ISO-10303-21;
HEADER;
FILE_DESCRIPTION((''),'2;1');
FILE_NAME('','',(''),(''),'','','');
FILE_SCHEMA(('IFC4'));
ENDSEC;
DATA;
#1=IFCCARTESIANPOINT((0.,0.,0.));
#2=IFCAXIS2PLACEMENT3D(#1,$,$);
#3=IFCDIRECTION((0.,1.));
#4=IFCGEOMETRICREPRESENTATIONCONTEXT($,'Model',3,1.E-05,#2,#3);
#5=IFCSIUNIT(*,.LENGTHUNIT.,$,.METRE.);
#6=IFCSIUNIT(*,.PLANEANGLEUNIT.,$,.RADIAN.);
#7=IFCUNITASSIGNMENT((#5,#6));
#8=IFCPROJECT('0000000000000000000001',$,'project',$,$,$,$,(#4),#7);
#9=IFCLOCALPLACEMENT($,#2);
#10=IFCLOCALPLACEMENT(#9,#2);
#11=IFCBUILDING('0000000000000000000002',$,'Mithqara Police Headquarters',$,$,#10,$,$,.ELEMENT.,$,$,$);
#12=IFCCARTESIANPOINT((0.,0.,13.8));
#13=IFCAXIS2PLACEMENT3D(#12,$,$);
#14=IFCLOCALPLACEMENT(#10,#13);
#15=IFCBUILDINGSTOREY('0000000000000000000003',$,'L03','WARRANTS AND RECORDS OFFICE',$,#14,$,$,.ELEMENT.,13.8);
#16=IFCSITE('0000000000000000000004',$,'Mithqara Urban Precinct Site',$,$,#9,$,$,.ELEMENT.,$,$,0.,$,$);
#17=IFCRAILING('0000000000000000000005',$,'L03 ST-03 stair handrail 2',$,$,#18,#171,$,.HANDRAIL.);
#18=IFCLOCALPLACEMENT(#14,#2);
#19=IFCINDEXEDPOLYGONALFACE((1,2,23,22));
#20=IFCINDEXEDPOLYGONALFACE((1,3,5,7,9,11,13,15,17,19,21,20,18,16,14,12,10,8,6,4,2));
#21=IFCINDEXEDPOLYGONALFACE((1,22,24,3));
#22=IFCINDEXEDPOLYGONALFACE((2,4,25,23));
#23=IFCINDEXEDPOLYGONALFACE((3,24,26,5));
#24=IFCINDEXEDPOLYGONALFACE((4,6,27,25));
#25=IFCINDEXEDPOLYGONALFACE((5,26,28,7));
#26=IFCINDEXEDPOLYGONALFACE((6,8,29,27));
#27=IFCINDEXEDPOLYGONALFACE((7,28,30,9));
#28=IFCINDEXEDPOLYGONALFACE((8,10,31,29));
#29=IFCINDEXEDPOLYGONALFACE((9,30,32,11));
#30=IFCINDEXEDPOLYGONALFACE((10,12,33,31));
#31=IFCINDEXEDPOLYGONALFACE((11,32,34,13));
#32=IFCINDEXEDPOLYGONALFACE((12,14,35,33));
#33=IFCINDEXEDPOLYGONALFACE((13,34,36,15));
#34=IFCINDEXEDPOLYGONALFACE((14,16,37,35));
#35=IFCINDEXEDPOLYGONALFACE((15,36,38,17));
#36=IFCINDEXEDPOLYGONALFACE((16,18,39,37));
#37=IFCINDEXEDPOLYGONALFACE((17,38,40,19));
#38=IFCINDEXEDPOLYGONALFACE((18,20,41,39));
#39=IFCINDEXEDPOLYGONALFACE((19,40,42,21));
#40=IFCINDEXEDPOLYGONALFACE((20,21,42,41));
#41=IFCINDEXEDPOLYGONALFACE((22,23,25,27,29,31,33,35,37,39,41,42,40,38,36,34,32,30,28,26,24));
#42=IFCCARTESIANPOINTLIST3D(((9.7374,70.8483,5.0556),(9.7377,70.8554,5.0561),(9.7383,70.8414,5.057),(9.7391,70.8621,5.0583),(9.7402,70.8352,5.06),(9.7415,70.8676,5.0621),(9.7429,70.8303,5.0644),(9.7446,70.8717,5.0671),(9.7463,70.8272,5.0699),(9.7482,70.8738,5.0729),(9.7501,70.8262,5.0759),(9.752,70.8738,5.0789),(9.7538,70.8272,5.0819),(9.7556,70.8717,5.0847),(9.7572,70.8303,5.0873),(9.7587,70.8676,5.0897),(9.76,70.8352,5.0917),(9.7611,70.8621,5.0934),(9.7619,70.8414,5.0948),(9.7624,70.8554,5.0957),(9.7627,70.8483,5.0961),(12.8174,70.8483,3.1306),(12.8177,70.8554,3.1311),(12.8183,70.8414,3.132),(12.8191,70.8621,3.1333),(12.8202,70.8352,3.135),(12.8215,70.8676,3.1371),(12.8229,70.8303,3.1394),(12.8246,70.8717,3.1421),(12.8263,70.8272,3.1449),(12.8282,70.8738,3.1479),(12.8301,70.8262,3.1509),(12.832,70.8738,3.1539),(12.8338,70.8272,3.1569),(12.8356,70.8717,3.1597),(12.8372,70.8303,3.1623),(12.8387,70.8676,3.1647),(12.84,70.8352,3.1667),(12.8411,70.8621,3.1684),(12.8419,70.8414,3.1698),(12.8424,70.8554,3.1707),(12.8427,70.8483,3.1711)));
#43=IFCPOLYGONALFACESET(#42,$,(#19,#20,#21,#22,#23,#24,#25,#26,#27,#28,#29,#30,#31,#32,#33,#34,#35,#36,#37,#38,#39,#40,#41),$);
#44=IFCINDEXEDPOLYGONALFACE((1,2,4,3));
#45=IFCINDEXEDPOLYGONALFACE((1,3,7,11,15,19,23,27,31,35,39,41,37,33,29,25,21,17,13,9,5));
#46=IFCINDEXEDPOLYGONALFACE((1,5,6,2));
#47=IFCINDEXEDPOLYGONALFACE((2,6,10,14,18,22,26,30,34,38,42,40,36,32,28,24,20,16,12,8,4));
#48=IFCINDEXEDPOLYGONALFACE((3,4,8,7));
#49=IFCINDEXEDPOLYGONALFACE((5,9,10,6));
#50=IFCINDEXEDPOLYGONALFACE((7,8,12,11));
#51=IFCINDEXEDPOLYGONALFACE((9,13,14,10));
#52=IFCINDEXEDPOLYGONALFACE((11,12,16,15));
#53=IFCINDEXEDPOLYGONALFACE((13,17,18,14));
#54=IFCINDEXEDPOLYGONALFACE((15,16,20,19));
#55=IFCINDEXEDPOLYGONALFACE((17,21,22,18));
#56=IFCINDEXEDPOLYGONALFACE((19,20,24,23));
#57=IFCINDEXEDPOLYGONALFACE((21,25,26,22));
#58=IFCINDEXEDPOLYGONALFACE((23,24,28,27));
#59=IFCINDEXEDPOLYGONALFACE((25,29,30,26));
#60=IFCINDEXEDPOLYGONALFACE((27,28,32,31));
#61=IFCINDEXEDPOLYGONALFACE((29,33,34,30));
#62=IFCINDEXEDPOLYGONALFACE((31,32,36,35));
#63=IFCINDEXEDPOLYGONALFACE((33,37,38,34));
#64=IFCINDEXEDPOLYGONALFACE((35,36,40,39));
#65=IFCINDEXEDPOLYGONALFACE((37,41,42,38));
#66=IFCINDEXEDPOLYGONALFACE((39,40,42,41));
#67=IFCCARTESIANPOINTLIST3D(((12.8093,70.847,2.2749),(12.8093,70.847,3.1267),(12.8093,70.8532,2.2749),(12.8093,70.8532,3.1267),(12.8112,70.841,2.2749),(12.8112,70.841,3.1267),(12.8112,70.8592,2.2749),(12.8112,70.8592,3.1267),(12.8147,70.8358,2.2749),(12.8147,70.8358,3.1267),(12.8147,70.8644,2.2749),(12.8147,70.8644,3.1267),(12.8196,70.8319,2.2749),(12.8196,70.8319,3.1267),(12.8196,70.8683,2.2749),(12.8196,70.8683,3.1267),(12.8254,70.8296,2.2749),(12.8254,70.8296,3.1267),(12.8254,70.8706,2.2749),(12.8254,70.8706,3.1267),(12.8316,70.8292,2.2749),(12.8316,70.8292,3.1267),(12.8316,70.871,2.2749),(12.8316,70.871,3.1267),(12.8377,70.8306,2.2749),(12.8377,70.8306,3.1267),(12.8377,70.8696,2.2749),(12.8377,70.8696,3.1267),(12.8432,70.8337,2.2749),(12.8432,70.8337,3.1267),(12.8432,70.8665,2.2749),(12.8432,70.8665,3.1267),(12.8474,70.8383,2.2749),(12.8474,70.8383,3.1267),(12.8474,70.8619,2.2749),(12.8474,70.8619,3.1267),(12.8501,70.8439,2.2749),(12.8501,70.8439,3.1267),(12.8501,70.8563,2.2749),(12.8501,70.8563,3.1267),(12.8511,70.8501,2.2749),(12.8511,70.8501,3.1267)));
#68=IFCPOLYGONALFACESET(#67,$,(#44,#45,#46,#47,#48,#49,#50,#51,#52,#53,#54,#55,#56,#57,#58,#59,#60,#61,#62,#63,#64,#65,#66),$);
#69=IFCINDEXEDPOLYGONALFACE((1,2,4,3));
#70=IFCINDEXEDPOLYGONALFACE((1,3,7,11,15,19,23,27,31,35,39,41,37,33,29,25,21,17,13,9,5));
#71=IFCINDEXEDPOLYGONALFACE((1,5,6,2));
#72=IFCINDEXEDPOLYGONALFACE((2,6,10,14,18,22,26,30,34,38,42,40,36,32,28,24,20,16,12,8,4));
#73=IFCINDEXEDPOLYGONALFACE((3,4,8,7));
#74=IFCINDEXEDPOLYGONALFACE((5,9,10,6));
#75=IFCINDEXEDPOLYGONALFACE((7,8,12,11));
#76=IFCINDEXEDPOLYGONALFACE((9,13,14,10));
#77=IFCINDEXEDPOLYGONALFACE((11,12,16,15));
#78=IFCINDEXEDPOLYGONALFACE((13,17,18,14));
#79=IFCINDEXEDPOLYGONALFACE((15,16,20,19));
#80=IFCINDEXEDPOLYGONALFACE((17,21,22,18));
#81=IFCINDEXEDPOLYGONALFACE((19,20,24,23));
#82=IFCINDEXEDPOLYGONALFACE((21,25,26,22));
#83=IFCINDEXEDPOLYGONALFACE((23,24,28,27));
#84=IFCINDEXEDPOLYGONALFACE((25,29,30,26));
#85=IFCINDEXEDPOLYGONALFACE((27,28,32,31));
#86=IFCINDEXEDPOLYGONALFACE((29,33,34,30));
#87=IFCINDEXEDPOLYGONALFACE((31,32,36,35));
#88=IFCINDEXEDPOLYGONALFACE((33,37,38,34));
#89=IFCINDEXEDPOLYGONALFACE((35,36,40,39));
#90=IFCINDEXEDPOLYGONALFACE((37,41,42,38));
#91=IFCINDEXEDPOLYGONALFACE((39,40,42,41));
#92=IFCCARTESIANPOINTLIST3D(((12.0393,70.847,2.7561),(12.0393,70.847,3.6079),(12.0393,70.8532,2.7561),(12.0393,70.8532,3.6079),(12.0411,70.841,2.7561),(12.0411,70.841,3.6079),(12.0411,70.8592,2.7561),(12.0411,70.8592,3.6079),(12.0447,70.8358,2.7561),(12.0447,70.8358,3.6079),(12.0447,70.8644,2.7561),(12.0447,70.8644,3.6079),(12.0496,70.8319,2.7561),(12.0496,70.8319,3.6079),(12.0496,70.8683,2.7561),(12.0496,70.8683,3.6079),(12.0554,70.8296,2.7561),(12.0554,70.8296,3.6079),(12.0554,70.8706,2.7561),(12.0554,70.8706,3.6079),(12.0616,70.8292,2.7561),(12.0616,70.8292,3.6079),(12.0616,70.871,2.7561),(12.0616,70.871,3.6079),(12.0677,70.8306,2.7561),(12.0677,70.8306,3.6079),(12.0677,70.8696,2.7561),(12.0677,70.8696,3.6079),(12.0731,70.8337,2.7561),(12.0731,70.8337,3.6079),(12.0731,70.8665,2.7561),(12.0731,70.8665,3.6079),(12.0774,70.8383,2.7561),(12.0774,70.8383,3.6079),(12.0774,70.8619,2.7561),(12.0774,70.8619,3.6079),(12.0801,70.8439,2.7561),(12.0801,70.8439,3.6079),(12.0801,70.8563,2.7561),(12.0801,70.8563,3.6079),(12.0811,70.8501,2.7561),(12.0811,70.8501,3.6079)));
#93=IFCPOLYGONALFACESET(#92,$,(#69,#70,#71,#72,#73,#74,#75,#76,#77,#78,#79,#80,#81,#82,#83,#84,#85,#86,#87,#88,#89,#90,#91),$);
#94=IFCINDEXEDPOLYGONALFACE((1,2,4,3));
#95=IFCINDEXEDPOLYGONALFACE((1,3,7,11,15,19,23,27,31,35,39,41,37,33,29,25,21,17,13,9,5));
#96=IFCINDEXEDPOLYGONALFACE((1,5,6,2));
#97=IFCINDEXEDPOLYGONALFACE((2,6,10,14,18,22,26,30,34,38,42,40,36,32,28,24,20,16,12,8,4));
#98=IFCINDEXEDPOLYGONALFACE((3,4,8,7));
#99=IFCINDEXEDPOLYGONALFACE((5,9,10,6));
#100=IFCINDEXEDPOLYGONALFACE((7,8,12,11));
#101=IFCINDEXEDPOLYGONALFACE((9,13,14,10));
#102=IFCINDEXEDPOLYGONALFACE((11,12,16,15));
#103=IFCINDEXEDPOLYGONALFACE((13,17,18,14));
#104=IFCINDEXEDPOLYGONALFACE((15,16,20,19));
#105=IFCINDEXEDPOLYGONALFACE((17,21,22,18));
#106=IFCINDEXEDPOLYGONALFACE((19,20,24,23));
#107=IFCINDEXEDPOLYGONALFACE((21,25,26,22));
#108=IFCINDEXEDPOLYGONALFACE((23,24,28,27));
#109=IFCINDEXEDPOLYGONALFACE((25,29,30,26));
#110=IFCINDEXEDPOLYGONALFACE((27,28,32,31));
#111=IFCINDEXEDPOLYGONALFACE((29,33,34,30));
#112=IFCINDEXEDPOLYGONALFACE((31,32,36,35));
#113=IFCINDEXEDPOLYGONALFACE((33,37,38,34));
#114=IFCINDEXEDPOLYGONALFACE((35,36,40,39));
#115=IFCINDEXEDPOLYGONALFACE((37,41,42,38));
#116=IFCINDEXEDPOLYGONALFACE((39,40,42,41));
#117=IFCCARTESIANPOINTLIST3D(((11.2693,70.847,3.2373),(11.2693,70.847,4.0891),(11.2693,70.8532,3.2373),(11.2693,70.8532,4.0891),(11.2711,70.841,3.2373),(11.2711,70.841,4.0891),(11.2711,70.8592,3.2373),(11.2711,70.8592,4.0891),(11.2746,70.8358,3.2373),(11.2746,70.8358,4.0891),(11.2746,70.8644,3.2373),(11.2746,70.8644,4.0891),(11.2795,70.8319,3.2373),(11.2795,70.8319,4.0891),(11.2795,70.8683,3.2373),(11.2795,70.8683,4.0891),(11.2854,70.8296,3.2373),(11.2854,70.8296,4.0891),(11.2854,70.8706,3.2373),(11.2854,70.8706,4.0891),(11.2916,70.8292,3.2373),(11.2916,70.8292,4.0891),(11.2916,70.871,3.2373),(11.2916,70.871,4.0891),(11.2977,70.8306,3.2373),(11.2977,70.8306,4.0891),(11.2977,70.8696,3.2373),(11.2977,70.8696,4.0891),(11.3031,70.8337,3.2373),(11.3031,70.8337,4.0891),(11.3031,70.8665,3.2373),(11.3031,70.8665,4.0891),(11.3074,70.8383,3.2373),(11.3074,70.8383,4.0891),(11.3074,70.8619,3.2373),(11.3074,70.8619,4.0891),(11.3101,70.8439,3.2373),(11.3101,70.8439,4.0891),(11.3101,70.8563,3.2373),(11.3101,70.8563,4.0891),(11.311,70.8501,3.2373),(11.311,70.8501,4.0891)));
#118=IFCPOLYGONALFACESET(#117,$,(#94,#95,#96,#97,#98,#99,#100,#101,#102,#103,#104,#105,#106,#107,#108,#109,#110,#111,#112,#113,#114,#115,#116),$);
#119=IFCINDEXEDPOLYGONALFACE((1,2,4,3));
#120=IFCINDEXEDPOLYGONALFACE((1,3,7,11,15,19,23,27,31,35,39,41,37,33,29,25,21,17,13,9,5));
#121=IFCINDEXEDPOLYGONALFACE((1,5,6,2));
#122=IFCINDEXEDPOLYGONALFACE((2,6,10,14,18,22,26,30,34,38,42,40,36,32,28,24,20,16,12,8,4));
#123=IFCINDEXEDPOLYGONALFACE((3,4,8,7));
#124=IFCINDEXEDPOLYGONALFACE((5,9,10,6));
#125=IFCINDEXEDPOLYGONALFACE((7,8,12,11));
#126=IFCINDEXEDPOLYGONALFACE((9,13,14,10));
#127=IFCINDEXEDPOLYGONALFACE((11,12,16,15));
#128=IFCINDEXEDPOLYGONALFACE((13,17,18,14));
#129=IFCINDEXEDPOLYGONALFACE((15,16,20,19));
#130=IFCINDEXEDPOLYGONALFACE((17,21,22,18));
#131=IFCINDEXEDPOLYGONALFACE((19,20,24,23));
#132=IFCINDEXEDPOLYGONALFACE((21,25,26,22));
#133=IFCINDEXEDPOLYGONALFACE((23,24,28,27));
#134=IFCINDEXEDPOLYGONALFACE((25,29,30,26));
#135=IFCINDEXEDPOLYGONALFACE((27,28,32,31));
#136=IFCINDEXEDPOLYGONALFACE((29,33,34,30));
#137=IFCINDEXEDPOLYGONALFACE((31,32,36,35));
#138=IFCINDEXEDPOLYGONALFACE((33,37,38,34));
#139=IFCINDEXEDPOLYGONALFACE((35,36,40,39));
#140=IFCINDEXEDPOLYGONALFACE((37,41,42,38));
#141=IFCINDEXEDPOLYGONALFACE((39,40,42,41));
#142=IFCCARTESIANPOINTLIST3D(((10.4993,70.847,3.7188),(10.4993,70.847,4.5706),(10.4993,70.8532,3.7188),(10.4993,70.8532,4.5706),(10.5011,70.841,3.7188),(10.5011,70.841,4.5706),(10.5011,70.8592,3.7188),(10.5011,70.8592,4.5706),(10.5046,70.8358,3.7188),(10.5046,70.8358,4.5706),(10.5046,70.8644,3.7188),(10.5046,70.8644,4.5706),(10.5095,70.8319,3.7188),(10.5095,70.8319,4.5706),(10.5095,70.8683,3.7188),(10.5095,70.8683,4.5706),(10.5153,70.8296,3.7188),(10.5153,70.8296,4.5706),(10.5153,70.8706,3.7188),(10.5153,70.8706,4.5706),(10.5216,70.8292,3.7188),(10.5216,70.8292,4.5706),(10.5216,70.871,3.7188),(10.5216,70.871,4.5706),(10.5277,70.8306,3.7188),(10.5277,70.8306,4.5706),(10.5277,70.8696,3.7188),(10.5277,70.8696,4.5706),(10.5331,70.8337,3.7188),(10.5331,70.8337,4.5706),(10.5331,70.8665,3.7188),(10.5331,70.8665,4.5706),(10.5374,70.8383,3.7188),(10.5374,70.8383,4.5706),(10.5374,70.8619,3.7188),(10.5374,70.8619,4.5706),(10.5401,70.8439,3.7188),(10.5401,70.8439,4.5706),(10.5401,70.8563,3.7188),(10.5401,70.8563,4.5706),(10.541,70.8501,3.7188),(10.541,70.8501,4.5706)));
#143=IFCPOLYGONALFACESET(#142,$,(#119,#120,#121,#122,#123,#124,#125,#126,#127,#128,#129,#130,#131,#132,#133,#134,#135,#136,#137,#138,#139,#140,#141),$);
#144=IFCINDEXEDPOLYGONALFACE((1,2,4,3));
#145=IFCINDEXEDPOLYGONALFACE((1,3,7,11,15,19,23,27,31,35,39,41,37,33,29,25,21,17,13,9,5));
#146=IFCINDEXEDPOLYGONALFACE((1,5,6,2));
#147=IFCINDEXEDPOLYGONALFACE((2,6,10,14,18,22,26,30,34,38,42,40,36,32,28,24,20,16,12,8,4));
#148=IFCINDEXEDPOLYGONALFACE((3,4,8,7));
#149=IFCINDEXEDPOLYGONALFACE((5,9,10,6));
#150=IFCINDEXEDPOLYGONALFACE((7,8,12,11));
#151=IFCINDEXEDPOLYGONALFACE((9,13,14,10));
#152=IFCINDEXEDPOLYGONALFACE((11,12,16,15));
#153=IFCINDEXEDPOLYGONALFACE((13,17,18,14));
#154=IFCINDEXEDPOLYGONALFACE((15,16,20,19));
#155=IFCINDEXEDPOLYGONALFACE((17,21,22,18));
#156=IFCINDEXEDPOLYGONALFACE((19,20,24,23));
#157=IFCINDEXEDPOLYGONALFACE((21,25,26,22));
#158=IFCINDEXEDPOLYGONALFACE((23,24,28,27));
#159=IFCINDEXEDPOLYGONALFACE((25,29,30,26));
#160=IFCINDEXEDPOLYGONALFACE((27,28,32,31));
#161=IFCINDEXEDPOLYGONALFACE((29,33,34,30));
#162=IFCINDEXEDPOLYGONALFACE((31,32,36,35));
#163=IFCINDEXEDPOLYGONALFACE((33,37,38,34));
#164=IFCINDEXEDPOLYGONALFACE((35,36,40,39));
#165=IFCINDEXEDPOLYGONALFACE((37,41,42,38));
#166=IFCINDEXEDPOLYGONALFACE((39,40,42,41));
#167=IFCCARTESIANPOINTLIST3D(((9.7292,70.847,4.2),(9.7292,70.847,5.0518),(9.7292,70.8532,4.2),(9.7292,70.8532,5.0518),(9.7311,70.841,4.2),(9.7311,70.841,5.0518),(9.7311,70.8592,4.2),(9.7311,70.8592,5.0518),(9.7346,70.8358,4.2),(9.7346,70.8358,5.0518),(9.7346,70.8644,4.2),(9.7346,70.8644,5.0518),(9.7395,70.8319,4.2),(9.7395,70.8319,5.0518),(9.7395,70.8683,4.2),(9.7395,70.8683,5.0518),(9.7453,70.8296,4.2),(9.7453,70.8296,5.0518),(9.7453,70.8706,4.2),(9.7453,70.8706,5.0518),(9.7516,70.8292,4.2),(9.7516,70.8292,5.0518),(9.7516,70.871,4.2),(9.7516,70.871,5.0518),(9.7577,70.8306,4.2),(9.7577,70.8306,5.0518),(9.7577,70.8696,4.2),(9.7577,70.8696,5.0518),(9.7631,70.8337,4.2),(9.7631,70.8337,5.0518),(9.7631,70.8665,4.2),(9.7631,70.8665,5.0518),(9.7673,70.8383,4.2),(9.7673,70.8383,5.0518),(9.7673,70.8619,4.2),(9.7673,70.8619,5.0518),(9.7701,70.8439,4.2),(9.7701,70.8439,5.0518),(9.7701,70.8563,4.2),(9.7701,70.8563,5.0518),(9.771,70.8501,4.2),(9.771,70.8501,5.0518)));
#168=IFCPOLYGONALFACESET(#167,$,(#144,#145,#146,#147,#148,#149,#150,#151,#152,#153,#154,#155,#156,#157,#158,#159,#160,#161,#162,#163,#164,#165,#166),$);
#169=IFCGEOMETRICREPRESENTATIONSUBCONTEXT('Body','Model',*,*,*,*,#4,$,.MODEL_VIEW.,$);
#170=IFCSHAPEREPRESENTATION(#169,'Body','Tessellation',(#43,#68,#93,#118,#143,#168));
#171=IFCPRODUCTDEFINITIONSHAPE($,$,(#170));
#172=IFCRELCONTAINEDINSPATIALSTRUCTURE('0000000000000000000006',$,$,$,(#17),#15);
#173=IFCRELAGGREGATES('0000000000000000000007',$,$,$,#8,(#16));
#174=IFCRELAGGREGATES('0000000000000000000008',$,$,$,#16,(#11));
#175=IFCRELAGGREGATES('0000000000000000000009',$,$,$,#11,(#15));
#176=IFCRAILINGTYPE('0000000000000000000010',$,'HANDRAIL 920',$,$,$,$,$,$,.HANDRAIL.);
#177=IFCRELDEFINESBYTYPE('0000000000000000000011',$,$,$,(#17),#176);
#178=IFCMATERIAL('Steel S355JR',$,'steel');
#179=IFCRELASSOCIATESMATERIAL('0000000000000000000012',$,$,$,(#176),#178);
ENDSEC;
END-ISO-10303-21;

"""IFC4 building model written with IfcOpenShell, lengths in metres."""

from ifc_helpers import new_model, si_unit, direction, frame, origin, origin_2d, place, context, subcontext, project, spatial, circle, extrude, material, type_object, element, save


model = new_model("IFC4")

# Units and contexts
model_context = context("Model", 3, precision=1e-05, world=origin(), true_north=direction((0.0, 1.0)))
body_context = subcontext(model_context, "Body", "Model", "MODEL_VIEW")
ifc_project = project(units=[si_unit("LENGTHUNIT", "METRE"), si_unit("PLANEANGLEUNIT", "RADIAN")], contexts=[model_context])

# Site, building, storey
site_placement = place(None, origin())
site = spatial("IfcSite", under=ifc_project, at=site_placement, Name="Mithqara Urban Precinct Site", CompositionType="ELEMENT", RefElevation=0.0)
building_placement = place(site_placement, origin())
building = spatial("IfcBuilding", under=site, at=building_placement, Name="Mithqara Police Headquarters", CompositionType="ELEMENT")
storey_placement = place(building_placement, frame((0.0, 0.0, 13.8)))
storey = spatial("IfcBuildingStorey", under=building, at=storey_placement, Name="L03", Description="WARRANTS AND RECORDS OFFICE", CompositionType="ELEMENT", Elevation=13.8)

# Shared definitions
ifc_material_1 = material(Name="Steel S355JR", Category="steel")

# Railing
railing_type_1 = type_object("IfcRailingType", Name="HANDRAIL 920", PredefinedType="HANDRAIL", material=ifc_material_1)
railing_1_placement = place(storey_placement, frame((12.8301, 70.8501, 2.2749)))
element("IfcRailing", 1, at=railing_1_placement, inside=storey, type_object=railing_type_1, Name="L03 ST-03 stair handrail 2", PredefinedType="HANDRAIL", context=body_context, shape_type="SweptSolid", body=[
    extrude(circle(Radius=0.0239, at=origin_2d()), frame((0.0, 0.0, 0.876), z_axis=(-0.847998, 0.0, 0.529999), x_axis=(0.0, -1.0, 0.0)), (0.0, 0.0, 1.0), 3.6321),
    extrude(circle(Radius=0.021, at=origin_2d()), origin(), (0.0, 0.0, 1.0), 0.8518),
    extrude(circle(Radius=0.021, at=origin_2d()), frame((-0.77, 0.0, 0.4812)), (0.0, 0.0, 1.0), 0.8518),
    extrude(circle(Radius=0.021, at=origin_2d()), frame((-1.54, 0.0, 0.9624)), (0.0, 0.0, 1.0), 0.8518),
    extrude(circle(Radius=0.021, at=origin_2d()), frame((-2.3101, 0.0, 1.4438)), (0.0, 0.0, 1.0), 0.8518),
    extrude(circle(Radius=0.021, at=origin_2d()), frame((-3.0801, 0.0, 1.925)), (0.0, 0.0, 1.0), 0.8518),
])

save(model, "model.ifc")
